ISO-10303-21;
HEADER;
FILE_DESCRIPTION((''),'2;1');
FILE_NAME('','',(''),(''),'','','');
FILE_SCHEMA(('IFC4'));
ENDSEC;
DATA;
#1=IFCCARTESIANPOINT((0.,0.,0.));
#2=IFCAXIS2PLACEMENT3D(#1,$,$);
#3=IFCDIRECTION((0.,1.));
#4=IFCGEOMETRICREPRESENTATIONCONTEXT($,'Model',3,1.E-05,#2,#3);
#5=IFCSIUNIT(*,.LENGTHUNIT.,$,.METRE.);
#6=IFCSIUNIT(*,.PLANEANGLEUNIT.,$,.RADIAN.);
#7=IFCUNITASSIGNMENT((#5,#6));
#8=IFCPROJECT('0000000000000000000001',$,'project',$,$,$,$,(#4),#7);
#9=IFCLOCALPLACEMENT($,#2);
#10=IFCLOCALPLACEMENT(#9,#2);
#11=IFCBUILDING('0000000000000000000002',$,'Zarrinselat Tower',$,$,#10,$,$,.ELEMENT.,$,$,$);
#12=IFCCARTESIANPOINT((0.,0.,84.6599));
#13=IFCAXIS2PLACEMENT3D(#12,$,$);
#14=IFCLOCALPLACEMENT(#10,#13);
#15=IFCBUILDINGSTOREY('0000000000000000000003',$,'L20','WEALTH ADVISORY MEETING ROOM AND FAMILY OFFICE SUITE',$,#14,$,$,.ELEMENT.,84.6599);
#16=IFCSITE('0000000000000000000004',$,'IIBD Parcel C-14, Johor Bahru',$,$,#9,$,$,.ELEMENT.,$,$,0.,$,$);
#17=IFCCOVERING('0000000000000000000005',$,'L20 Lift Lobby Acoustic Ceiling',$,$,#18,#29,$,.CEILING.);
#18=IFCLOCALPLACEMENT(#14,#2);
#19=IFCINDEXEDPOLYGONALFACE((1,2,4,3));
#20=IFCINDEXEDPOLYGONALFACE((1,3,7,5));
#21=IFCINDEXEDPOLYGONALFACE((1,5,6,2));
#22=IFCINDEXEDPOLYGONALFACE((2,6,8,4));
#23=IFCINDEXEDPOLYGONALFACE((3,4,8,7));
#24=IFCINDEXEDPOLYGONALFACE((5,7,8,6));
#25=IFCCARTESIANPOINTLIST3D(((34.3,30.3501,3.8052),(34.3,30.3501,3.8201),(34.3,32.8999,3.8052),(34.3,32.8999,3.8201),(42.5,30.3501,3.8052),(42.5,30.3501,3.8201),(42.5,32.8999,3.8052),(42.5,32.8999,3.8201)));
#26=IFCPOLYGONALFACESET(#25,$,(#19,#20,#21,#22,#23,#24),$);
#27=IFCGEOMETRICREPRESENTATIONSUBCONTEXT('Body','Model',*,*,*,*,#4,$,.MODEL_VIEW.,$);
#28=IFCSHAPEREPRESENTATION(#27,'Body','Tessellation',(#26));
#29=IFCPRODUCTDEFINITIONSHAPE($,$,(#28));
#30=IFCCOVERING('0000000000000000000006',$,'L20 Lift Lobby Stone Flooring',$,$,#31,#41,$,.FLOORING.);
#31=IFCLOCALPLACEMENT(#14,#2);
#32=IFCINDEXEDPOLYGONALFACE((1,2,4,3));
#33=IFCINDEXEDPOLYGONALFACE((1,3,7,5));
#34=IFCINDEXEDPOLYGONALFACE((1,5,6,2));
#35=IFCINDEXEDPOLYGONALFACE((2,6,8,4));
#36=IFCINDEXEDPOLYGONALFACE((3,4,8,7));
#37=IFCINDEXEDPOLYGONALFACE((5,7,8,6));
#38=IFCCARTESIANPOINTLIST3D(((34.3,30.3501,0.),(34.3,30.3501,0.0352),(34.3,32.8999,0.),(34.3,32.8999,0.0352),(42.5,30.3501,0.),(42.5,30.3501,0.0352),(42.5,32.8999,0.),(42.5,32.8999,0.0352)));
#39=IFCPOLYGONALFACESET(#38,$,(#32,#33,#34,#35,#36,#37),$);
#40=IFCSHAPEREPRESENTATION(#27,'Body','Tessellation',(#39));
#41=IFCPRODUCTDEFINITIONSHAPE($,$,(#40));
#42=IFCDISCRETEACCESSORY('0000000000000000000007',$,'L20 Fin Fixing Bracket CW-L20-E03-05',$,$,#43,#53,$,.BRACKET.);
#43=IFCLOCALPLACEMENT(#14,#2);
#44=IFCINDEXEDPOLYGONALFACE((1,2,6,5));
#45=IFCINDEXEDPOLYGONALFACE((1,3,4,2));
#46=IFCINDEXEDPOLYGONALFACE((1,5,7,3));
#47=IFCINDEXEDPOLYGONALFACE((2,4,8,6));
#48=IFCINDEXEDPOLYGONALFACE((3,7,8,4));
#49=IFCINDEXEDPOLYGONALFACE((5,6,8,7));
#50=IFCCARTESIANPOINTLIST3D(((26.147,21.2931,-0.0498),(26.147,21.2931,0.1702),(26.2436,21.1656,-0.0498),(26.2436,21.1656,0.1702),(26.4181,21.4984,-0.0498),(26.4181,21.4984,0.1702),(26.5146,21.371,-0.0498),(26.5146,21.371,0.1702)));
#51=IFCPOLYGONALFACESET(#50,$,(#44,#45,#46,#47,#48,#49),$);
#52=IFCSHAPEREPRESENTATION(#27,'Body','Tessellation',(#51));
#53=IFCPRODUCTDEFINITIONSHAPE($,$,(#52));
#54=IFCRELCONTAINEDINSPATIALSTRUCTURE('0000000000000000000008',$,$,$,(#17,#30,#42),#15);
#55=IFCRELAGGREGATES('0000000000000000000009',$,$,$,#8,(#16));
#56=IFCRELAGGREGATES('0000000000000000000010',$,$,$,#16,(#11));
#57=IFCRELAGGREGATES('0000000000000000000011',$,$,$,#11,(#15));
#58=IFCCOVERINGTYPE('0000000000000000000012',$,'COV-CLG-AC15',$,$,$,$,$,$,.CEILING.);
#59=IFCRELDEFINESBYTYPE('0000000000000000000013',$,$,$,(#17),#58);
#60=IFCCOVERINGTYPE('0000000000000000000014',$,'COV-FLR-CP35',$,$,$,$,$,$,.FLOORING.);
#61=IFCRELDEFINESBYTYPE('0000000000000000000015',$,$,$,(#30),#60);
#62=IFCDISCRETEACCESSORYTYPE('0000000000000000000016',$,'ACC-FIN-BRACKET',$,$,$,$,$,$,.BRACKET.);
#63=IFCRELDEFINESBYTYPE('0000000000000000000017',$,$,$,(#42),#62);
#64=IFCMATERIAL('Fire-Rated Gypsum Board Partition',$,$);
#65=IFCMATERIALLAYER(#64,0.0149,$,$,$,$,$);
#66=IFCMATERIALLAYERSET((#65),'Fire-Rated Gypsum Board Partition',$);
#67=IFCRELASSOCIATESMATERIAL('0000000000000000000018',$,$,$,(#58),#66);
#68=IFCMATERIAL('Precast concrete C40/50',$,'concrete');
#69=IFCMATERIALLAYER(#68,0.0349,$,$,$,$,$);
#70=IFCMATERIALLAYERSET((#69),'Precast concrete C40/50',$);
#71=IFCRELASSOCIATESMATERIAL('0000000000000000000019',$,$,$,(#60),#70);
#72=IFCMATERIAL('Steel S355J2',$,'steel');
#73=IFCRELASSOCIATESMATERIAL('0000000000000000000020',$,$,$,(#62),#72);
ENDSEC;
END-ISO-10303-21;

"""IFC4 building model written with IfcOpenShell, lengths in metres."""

from ifc_helpers import new_model, si_unit, direction, frame, origin, origin_2d, place, context, subcontext, project, spatial, polyline, rectangle, outline, extrude, material, layer, layer_set, type_object, element, save


model = new_model("IFC4")

# Units and contexts
model_context = context("Model", 3, precision=1e-05, world=origin(), true_north=direction((0.0, 1.0)))
body_context = subcontext(model_context, "Body", "Model", "MODEL_VIEW")
ifc_project = project(units=[si_unit("LENGTHUNIT", "METRE"), si_unit("PLANEANGLEUNIT", "RADIAN")], contexts=[model_context])

# Site, building, storey
site_placement = place(None, origin())
site = spatial("IfcSite", under=ifc_project, at=site_placement, Name="IIBD Parcel C-14, Johor Bahru", CompositionType="ELEMENT", RefElevation=0.0)
building_placement = place(site_placement, origin())
building = spatial("IfcBuilding", under=site, at=building_placement, Name="Zarrinselat Tower", CompositionType="ELEMENT")
storey_placement = place(building_placement, frame((0.0, 0.0, 84.6599)))
storey = spatial("IfcBuildingStorey", under=building, at=storey_placement, Name="L20", Description="WEALTH ADVISORY MEETING ROOM AND FAMILY OFFICE SUITE", CompositionType="ELEMENT", Elevation=84.6599)

# Coverings
ifc_material_1 = material(Name="Fire-Rated Gypsum Board Partition")
ifc_layer_1 = layer(ifc_material_1, 0.0149)
ifc_layer_set_1 = layer_set([ifc_layer_1], Name="Fire-Rated Gypsum Board Partition")
covering_type_1 = type_object("IfcCoveringType", Name="COV-CLG-AC15", PredefinedType="CEILING", material=ifc_layer_set_1)
covering_1_placement = place(storey_placement, frame((0.0, 0.0, 3.8052)))
element("IfcCovering", 1, at=covering_1_placement, inside=storey, type_object=covering_type_1, Name="L20 Lift Lobby Acoustic Ceiling", PredefinedType="CEILING", context=body_context, shape_type="SweptSolid", body=[
    extrude(outline(polyline([(34.3, 30.3501), (42.5, 30.3501), (42.5, 32.8999), (34.3, 32.8999), (34.3, 30.3501)])), origin(), (0.0, 0.0, 1.0), 0.0149),
])
ifc_material_2 = material(Name="Precast concrete C40/50", Category="concrete")
ifc_layer_2 = layer(ifc_material_2, 0.0349)
ifc_layer_set_2 = layer_set([ifc_layer_2], Name="Precast concrete C40/50")
covering_type_2 = type_object("IfcCoveringType", Name="COV-FLR-CP35", PredefinedType="FLOORING", material=ifc_layer_set_2)
covering_2_placement = place(storey_placement, origin())
element("IfcCovering", 2, at=covering_2_placement, inside=storey, type_object=covering_type_2, Name="L20 Lift Lobby Stone Flooring", PredefinedType="FLOORING", context=body_context, shape_type="SweptSolid", body=[
    extrude(outline(polyline([(34.3, 30.3501), (42.5, 30.3501), (42.5, 32.8999), (34.3, 32.8999), (34.3, 30.3501)])), origin(), (0.0, 0.0, 1.0), 0.0352),
])

# Discrete accessory
ifc_material_3 = material(Name="Steel S355J2", Category="steel")
discrete_accessory_type = type_object("IfcDiscreteAccessoryType", Name="ACC-FIN-BRACKET", PredefinedType="BRACKET", material=ifc_material_3)
discrete_accessory_placement = place(storey_placement, frame((26.3308, 21.332, -0.0498), z_axis=(0.0, 0.0, 1.0), x_axis=(-0.797093, -0.603856, 0.0)))
element("IfcDiscreteAccessory", 3, at=discrete_accessory_placement, inside=storey, type_object=discrete_accessory_type, Name="L20 Fin Fixing Bracket CW-L20-E03-05", PredefinedType="BRACKET", context=body_context, shape_type="SweptSolid", body=[
    extrude(rectangle(XDim=0.3401, YDim=0.1599, at=origin_2d()), origin(), (0.0, 0.0, 1.0), 0.22),
])

save(model, "model.ifc")
